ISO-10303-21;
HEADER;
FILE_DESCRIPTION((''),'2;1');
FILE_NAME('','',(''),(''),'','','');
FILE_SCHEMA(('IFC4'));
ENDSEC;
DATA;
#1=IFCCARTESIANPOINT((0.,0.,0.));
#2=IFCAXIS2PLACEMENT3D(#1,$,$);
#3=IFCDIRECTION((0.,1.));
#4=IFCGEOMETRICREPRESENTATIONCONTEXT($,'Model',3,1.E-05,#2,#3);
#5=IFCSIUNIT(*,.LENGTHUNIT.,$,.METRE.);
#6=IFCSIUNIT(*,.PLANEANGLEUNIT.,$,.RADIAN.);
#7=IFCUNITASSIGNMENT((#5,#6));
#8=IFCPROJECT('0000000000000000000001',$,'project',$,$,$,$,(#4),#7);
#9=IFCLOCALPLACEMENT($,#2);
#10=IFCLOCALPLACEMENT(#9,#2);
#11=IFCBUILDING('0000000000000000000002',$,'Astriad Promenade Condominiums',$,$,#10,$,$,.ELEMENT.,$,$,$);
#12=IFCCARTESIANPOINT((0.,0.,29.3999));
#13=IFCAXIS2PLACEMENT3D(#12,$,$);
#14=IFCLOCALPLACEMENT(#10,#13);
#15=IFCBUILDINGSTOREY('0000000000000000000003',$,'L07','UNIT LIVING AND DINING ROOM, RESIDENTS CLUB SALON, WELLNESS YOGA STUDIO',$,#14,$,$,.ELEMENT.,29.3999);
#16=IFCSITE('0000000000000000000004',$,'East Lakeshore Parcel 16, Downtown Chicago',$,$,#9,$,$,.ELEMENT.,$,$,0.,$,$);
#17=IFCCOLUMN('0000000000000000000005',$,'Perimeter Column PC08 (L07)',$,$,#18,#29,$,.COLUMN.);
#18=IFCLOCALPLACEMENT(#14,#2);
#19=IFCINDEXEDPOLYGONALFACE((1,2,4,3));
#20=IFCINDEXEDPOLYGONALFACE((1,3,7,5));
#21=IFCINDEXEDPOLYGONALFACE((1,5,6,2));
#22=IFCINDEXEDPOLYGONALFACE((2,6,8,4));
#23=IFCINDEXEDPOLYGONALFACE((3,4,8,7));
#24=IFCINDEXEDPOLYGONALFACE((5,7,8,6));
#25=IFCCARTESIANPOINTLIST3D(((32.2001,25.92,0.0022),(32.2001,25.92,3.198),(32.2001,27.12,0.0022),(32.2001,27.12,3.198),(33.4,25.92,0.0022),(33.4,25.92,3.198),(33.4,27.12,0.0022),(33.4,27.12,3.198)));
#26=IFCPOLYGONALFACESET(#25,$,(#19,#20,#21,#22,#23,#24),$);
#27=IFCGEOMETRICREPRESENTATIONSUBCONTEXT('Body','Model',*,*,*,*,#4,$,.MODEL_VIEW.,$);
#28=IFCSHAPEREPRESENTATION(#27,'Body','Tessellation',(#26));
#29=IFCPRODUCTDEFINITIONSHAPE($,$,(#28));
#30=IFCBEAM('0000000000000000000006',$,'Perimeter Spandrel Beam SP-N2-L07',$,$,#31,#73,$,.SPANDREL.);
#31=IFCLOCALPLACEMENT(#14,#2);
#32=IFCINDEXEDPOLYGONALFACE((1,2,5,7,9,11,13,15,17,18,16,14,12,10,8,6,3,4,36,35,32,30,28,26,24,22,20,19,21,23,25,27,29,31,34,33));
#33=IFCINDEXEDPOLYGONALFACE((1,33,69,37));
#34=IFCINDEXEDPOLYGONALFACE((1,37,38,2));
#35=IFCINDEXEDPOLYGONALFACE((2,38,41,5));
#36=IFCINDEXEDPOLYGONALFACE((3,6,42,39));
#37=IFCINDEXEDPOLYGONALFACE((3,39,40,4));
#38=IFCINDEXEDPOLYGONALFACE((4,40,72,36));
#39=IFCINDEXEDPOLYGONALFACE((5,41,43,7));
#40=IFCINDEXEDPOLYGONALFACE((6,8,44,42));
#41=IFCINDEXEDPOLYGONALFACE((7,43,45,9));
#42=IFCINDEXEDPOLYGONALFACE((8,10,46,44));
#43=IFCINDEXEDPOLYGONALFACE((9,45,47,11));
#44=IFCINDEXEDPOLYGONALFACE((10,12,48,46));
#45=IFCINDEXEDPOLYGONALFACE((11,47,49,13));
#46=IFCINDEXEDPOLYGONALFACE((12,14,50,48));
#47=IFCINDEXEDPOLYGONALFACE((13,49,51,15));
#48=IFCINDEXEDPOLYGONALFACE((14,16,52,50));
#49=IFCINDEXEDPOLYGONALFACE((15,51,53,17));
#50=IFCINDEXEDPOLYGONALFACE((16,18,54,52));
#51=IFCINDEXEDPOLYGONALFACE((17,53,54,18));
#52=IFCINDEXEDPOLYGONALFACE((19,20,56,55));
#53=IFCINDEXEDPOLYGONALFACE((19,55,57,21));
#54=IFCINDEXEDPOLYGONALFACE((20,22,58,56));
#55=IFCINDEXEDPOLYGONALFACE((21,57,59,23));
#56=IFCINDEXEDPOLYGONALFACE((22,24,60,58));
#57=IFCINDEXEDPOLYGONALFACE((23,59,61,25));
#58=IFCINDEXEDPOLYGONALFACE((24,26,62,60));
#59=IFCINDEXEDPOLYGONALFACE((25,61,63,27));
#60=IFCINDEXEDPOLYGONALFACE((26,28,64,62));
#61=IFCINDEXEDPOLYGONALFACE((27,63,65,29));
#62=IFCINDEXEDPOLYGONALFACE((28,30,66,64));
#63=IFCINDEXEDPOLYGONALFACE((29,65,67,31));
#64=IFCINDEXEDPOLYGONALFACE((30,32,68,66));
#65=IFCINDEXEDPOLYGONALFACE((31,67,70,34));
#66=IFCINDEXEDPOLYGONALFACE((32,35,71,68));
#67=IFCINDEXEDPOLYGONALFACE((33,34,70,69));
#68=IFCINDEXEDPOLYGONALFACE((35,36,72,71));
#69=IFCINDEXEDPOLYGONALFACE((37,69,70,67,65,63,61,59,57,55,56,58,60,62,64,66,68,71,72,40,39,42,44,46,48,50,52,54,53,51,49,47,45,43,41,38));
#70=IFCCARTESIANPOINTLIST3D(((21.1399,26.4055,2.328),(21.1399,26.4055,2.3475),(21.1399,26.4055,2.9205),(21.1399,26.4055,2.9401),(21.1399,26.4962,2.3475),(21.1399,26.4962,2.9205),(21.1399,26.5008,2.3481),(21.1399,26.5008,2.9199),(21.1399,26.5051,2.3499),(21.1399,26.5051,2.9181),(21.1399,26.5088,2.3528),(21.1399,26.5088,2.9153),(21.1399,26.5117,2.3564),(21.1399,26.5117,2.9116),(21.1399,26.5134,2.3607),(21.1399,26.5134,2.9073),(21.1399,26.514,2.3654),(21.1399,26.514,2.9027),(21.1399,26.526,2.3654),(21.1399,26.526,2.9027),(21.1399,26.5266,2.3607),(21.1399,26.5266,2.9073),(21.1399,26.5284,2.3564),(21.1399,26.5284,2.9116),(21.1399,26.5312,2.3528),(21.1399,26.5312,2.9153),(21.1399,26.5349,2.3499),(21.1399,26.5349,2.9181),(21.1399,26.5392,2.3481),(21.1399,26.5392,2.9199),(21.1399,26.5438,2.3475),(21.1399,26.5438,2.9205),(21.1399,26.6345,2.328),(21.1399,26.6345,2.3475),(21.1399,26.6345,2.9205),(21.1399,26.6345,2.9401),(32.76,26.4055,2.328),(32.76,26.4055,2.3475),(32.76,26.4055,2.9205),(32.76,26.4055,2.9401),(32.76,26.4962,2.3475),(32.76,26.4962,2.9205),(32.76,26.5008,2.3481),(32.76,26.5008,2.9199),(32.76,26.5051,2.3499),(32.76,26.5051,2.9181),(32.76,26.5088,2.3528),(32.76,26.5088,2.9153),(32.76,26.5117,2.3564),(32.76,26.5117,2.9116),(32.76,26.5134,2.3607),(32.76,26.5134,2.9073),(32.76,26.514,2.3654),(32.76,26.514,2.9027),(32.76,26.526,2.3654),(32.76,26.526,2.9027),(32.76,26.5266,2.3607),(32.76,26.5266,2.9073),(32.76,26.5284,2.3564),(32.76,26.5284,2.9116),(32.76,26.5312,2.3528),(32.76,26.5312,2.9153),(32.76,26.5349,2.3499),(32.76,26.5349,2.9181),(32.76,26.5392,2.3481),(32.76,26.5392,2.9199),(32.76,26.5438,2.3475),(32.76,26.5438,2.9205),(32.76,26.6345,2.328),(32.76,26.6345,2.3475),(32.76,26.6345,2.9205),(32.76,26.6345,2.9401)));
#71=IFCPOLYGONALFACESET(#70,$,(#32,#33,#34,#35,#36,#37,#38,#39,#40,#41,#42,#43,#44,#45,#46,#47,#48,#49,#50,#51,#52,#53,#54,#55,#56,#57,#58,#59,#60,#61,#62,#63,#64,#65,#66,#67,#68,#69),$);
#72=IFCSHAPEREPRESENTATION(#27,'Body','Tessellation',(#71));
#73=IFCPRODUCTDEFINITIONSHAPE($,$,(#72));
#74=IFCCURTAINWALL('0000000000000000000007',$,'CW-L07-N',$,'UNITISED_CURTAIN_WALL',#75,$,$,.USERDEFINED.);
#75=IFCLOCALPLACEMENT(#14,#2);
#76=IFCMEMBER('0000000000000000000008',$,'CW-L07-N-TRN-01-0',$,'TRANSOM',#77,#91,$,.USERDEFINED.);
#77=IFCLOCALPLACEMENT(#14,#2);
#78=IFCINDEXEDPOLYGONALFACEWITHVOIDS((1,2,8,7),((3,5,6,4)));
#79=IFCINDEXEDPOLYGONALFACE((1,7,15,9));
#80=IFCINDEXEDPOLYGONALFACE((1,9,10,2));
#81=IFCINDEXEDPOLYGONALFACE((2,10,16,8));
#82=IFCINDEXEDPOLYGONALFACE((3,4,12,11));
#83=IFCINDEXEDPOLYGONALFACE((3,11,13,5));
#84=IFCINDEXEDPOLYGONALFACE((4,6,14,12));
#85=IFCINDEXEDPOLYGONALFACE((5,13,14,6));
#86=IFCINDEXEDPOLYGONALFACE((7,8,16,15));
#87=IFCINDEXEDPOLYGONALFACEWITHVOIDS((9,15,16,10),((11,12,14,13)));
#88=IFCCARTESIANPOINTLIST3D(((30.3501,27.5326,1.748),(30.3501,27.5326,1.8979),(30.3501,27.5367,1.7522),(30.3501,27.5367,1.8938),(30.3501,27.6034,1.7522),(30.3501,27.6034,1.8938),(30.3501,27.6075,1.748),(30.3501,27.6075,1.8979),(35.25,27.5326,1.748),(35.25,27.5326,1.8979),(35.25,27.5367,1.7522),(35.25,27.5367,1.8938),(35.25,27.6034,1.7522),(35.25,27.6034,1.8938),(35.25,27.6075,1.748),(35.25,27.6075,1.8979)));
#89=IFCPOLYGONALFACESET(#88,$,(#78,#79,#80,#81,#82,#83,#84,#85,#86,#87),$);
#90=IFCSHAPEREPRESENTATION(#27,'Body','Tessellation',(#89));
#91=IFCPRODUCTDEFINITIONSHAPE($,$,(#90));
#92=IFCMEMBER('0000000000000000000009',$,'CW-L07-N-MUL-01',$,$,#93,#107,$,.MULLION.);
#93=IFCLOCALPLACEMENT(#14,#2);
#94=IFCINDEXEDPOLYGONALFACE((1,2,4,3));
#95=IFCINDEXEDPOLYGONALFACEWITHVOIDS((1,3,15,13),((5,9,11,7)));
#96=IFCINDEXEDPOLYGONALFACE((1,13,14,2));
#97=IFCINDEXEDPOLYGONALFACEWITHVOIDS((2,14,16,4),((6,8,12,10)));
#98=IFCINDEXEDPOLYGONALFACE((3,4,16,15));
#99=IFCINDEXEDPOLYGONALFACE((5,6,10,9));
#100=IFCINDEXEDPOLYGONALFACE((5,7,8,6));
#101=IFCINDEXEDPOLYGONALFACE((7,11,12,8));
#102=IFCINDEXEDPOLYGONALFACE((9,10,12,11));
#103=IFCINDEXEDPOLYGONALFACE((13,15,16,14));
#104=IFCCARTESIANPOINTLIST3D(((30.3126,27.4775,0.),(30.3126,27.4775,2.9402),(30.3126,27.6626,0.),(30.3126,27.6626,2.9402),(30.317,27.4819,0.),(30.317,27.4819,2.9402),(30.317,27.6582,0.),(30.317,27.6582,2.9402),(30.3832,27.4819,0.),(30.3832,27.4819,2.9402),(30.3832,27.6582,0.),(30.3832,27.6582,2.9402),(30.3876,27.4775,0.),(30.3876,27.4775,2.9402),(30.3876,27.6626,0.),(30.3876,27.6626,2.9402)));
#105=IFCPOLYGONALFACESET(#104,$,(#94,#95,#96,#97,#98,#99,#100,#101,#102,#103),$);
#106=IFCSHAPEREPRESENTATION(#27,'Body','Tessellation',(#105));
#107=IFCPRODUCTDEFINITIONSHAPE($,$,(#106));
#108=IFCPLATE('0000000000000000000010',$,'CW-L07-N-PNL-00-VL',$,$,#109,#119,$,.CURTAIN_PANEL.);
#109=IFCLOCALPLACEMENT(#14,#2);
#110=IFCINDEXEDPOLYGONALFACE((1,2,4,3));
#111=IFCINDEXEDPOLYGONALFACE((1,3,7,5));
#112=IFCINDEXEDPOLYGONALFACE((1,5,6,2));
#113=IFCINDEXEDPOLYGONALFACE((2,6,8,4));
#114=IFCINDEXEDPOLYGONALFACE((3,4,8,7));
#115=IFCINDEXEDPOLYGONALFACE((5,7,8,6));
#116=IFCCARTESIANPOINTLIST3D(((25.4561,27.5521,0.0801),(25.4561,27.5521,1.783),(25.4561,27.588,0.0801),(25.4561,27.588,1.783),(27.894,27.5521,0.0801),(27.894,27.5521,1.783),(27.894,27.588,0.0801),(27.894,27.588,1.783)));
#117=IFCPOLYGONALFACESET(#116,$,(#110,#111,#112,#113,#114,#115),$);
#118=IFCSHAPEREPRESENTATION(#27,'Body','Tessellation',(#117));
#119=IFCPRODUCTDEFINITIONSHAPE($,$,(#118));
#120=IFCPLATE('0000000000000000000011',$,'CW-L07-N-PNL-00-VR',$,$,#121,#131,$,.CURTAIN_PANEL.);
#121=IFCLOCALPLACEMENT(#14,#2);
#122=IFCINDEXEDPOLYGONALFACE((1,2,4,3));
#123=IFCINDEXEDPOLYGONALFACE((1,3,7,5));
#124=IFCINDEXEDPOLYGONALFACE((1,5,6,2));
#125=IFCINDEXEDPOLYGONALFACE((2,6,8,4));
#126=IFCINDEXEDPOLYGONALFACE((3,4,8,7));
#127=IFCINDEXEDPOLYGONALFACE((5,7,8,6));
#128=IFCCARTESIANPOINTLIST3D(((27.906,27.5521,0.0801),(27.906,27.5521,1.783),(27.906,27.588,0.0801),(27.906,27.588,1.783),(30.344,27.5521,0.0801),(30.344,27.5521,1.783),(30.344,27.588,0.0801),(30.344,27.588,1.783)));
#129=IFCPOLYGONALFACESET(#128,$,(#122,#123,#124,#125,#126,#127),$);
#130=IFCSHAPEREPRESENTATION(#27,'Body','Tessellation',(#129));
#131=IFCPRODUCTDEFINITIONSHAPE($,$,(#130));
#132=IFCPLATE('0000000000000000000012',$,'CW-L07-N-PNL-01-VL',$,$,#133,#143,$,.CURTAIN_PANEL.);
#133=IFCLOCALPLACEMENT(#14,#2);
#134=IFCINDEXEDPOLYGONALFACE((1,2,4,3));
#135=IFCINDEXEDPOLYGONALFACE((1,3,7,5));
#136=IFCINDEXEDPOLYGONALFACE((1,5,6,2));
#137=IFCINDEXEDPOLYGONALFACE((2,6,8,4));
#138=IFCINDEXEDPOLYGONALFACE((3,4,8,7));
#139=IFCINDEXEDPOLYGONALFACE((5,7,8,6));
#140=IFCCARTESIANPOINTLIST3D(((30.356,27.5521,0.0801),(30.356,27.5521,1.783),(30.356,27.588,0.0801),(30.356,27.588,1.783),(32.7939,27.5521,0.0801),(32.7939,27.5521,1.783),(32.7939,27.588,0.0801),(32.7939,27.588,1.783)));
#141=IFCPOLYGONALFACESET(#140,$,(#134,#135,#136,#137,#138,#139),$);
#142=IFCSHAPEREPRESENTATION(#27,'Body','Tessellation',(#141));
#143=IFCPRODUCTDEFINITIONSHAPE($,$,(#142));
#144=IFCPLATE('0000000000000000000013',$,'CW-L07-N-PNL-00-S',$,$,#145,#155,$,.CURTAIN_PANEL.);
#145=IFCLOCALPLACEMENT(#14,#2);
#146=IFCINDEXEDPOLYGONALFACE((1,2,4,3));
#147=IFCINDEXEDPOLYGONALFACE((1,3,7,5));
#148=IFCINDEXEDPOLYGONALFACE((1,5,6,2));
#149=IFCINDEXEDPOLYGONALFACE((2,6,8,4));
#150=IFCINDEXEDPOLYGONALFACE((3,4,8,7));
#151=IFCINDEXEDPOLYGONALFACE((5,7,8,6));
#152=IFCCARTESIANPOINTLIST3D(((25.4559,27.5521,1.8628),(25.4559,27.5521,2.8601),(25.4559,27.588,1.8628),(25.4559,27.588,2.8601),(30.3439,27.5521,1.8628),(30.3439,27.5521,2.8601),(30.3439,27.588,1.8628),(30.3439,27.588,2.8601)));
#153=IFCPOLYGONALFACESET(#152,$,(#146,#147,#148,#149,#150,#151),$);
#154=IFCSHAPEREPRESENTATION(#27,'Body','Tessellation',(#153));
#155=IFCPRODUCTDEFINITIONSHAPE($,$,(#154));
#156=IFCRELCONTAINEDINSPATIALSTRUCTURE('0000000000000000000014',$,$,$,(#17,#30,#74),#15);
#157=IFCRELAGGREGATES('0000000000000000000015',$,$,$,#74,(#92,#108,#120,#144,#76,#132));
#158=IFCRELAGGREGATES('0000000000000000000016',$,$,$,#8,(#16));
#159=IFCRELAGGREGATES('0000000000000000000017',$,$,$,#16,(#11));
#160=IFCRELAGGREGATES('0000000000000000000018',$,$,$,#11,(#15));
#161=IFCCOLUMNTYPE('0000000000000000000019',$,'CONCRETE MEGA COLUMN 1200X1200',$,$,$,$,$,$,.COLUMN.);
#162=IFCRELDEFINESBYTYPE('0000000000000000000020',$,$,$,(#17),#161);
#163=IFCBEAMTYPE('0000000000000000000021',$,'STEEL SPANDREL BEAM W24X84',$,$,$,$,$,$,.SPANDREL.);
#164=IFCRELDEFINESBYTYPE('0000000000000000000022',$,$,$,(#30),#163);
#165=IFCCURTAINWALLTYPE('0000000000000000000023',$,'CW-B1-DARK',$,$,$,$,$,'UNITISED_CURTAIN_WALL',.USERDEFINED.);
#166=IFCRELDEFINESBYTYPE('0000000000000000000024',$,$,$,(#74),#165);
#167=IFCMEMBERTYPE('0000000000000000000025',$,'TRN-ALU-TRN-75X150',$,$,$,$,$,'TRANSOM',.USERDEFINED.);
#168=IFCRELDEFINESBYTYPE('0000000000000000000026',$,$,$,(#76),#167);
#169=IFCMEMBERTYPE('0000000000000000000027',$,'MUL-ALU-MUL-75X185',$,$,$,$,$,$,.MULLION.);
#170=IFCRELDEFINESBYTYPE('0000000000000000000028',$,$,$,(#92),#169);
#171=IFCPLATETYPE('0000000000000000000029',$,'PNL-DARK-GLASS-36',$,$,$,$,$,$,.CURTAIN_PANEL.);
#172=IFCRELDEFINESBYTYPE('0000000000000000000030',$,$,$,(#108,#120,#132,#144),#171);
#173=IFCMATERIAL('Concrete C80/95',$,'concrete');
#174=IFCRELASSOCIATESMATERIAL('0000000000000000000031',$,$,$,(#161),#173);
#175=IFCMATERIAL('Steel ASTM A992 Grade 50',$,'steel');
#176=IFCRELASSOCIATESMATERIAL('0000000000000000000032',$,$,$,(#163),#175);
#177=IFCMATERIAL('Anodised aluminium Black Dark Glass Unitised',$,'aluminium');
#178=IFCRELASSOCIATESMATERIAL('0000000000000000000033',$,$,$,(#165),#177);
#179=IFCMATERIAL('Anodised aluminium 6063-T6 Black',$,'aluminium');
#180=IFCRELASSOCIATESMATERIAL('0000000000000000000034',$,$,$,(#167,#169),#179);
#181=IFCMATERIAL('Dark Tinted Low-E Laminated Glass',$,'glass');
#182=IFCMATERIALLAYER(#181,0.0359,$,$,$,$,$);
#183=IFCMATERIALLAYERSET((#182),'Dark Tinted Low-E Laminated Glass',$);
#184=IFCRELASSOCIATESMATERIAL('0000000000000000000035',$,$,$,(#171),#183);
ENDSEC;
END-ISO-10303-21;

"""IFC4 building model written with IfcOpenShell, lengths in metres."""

from ifc_helpers import new_model, si_unit, direction, frame, origin, origin_2d, place, context, subcontext, project, spatial, rectangle, hollow_rectangle, i_section, extrude, source, transform, mapped, material, layer, layer_set, material_profile, profile_set, type_object, type_shapes, element, aggregate, save


model = new_model("IFC4")

# Units and contexts
model_context = context("Model", 3, precision=1e-05, world=origin(), true_north=direction((0.0, 1.0)))
body_context = subcontext(model_context, "Body", "Model", "MODEL_VIEW")
ifc_project = project(units=[si_unit("LENGTHUNIT", "METRE"), si_unit("PLANEANGLEUNIT", "RADIAN")], contexts=[model_context])

# Site, building, storey
site_placement = place(None, origin())
site = spatial("IfcSite", under=ifc_project, at=site_placement, Name="East Lakeshore Parcel 16, Downtown Chicago", CompositionType="ELEMENT", RefElevation=0.0)
building_placement = place(site_placement, origin())
building = spatial("IfcBuilding", under=site, at=building_placement, Name="Astriad Promenade Condominiums", CompositionType="ELEMENT")
storey_placement = place(building_placement, frame((0.0, 0.0, 29.3999)))
storey = spatial("IfcBuildingStorey", under=building, at=storey_placement, Name="L07", Description="UNIT LIVING AND DINING ROOM, RESIDENTS CLUB SALON, WELLNESS YOGA STUDIO", CompositionType="ELEMENT", Elevation=29.3999)

# Column
ifc_material_1 = material(Name="Concrete C80/95", Category="concrete")
ifc_material_profile_1 = material_profile(ifc_material_1, rectangle(XDim=1.2, YDim=1.2, at=origin_2d()), Name="RC-COL-1200X1200")
ifc_profile_set_1 = profile_set([ifc_material_profile_1], Name="Concrete C80/95")
column_type = type_object("IfcColumnType", Name="CONCRETE MEGA COLUMN 1200X1200", PredefinedType="COLUMN", material=ifc_profile_set_1)
shared_shape_1 = source(origin(), body_context, "Body", "SweptSolid", [
    extrude(rectangle(XDim=1.2, YDim=1.2, at=origin_2d()), origin(), (0.0, 0.0, 1.0), 3.1958),
])
type_shapes(column_type, [shared_shape_1])
column_placement = place(storey_placement, frame((32.8, 26.52, 0.0022), z_axis=(0.0, 0.0, 1.0), x_axis=(1.0, 0.0, 0.0)))
element("IfcColumn", 1, at=column_placement, inside=storey, type_object=column_type, Name="Perimeter Column PC08 (L07)", PredefinedType="COLUMN", context=body_context, shape_type="MappedRepresentation", body=[
    mapped(shared_shape_1, transform((0.0, 0.0, 0.0), scale=1.0)),
])

# Beam
ifc_material_2 = material(Name="Steel ASTM A992 Grade 50", Category="steel")
ifc_material_profile_2 = material_profile(ifc_material_2, i_section(OverallWidth=0.229, OverallDepth=0.6121, WebThickness=0.012, FlangeThickness=0.0195, FilletRadius=0.0178, at=origin_2d()), Name="W24X84")
ifc_profile_set_2 = profile_set([ifc_material_profile_2], Name="Steel ASTM A992 Grade 50")
beam_type = type_object("IfcBeamType", Name="STEEL SPANDREL BEAM W24X84", PredefinedType="SPANDREL", material=ifc_profile_set_2)
shared_shape_2 = source(origin(), body_context, "Body", "SweptSolid", [
    extrude(i_section(OverallWidth=0.229, OverallDepth=0.6121, WebThickness=0.012, FlangeThickness=0.0195, FilletRadius=0.0178, at=origin_2d()), origin(), (0.0, 0.0, 1.0), 11.6201),
])
type_shapes(beam_type, [shared_shape_2])
beam_placement = place(storey_placement, frame((32.76, 26.52, 2.634), z_axis=(-1.0, 0.0, 0.0), x_axis=(0.0, -1.0, 0.0)))
element("IfcBeam", 2, at=beam_placement, inside=storey, type_object=beam_type, Name="Perimeter Spandrel Beam SP-N2-L07", PredefinedType="SPANDREL", context=body_context, shape_type="MappedRepresentation", body=[
    mapped(shared_shape_2, transform((0.0, 0.0, 0.0), scale=1.0)),
])

# Curtain wall, members, plates
ifc_material_3 = material(Name="Anodised aluminium Black Dark Glass Unitised", Category="aluminium")
curtain_wall_type = type_object("IfcCurtainWallType", Name="CW-B1-DARK", ElementType="UNITISED_CURTAIN_WALL", PredefinedType="USERDEFINED", material=ifc_material_3)
curtain_wall_placement = place(storey_placement, origin())
curtain_wall = element("IfcCurtainWall", 3, at=curtain_wall_placement, inside=storey, type_object=curtain_wall_type, Name="CW-L07-N", ObjectType="UNITISED_CURTAIN_WALL", PredefinedType="USERDEFINED")
ifc_material_4 = material(Name="Anodised aluminium 6063-T6 Black", Category="aluminium")
ifc_material_profile_3 = material_profile(ifc_material_4, hollow_rectangle(XDim=0.075, YDim=0.1499, WallThickness=0.0042, at=origin_2d()), Name="ALU-TRN-75X150")
ifc_profile_set_3 = profile_set([ifc_material_profile_3], Name="Anodised aluminium 6063-T6 Black")
member_type_1 = type_object("IfcMemberType", Name="TRN-ALU-TRN-75X150", ElementType="TRANSOM", PredefinedType="USERDEFINED", material=ifc_profile_set_3)
shared_shape_3 = source(origin(), body_context, "Body", "SweptSolid", [
    extrude(hollow_rectangle(XDim=0.075, YDim=0.1499, WallThickness=0.0042, at=origin_2d()), origin(), (0.0, 0.0, 1.0), 4.8999),
])
type_shapes(member_type_1, [shared_shape_3])
member_1_placement = place(storey_placement, frame((30.3501, 27.5701, 1.823), z_axis=(1.0, 0.0, 0.0), x_axis=(0.0, 1.0, 0.0)))
member_1 = element("IfcMember", 4, at=member_1_placement, type_object=member_type_1, Name="CW-L07-N-TRN-01-0", ObjectType="TRANSOM", PredefinedType="USERDEFINED", context=body_context, shape_type="MappedRepresentation", body=[
    mapped(shared_shape_3, transform((0.0, 0.0, 0.0), scale=1.0)),
])
ifc_material_profile_4 = material_profile(ifc_material_4, hollow_rectangle(XDim=0.075, YDim=0.1851, WallThickness=0.0044, at=origin_2d()), Name="ALU-MUL-75X185")
ifc_profile_set_4 = profile_set([ifc_material_profile_4], Name="Anodised aluminium 6063-T6 Black")
member_type_2 = type_object("IfcMemberType", Name="MUL-ALU-MUL-75X185", PredefinedType="MULLION", material=ifc_profile_set_4)
shared_shape_4 = source(origin(), body_context, "Body", "SweptSolid", [
    extrude(hollow_rectangle(XDim=0.075, YDim=0.1851, WallThickness=0.0044, at=origin_2d()), origin(), (0.0, 0.0, 1.0), 2.9402),
])
type_shapes(member_type_2, [shared_shape_4])
member_2_placement = place(storey_placement, frame((30.3501, 27.5701, 0.0), z_axis=(0.0, 0.0, 1.0), x_axis=(1.0, 0.0, 0.0)))
member_2 = element("IfcMember", 5, at=member_2_placement, type_object=member_type_2, Name="CW-L07-N-MUL-01", PredefinedType="MULLION", context=body_context, shape_type="MappedRepresentation", body=[
    mapped(shared_shape_4, transform((0.0, 0.0, 0.0), scale=1.0)),
])
ifc_material_5 = material(Name="Dark Tinted Low-E Laminated Glass", Category="glass")
ifc_layer_1 = layer(ifc_material_5, 0.0359)
ifc_layer_set_1 = layer_set([ifc_layer_1], Name="Dark Tinted Low-E Laminated Glass")
plate_type = type_object("IfcPlateType", Name="PNL-DARK-GLASS-36", PredefinedType="CURTAIN_PANEL", material=ifc_layer_set_1)
shared_shape_5 = source(origin(), body_context, "Body", "SweptSolid", [
    extrude(rectangle(XDim=2.438, YDim=0.0359, at=origin_2d()), origin(), (0.0, 0.0, 1.0), 1.7029),
])
plate_1_placement = place(storey_placement, frame((26.675, 27.5701, 0.0801), z_axis=(0.0, 0.0, 1.0), x_axis=(1.0, 0.0, 0.0)))
plate_1 = element("IfcPlate", 6, at=plate_1_placement, type_object=plate_type, Name="CW-L07-N-PNL-00-VL", PredefinedType="CURTAIN_PANEL", context=body_context, shape_type="MappedRepresentation", body=[
    mapped(shared_shape_5, transform((0.0, 0.0, 0.0), scale=1.0)),
])
plate_2_placement = place(storey_placement, frame((29.125, 27.5701, 0.0801), z_axis=(0.0, 0.0, 1.0), x_axis=(1.0, 0.0, 0.0)))
plate_2 = element("IfcPlate", 7, at=plate_2_placement, type_object=plate_type, Name="CW-L07-N-PNL-00-VR", PredefinedType="CURTAIN_PANEL", context=body_context, shape_type="MappedRepresentation", body=[
    mapped(shared_shape_5, transform((0.0, 0.0, 0.0), scale=1.0)),
])
plate_3_placement = place(storey_placement, frame((31.575, 27.5701, 0.0801), z_axis=(0.0, 0.0, 1.0), x_axis=(1.0, 0.0, 0.0)))
plate_3 = element("IfcPlate", 8, at=plate_3_placement, type_object=plate_type, Name="CW-L07-N-PNL-01-VL", PredefinedType="CURTAIN_PANEL", context=body_context, shape_type="MappedRepresentation", body=[
    mapped(shared_shape_5, transform((0.0, 0.0, 0.0), scale=1.0)),
])
shared_shape_6 = source(origin(), body_context, "Body", "SweptSolid", [
    extrude(rectangle(XDim=4.8879, YDim=0.0359, at=origin_2d()), origin(), (0.0, 0.0, 1.0), 0.9973),
])
type_shapes(plate_type, [shared_shape_5, shared_shape_6])
plate_4_placement = place(storey_placement, frame((27.8999, 27.5701, 1.8628), z_axis=(0.0, 0.0, 1.0), x_axis=(1.0, 0.0, 0.0)))
plate_4 = element("IfcPlate", 9, at=plate_4_placement, type_object=plate_type, Name="CW-L07-N-PNL-00-S", PredefinedType="CURTAIN_PANEL", context=body_context, shape_type="MappedRepresentation", body=[
    mapped(shared_shape_6, transform((0.0, 0.0, 0.0), scale=1.0)),
])
aggregate(curtain_wall, [member_2, plate_1, plate_2, plate_4, member_1, plate_3])

save(model, "model.ifc")
